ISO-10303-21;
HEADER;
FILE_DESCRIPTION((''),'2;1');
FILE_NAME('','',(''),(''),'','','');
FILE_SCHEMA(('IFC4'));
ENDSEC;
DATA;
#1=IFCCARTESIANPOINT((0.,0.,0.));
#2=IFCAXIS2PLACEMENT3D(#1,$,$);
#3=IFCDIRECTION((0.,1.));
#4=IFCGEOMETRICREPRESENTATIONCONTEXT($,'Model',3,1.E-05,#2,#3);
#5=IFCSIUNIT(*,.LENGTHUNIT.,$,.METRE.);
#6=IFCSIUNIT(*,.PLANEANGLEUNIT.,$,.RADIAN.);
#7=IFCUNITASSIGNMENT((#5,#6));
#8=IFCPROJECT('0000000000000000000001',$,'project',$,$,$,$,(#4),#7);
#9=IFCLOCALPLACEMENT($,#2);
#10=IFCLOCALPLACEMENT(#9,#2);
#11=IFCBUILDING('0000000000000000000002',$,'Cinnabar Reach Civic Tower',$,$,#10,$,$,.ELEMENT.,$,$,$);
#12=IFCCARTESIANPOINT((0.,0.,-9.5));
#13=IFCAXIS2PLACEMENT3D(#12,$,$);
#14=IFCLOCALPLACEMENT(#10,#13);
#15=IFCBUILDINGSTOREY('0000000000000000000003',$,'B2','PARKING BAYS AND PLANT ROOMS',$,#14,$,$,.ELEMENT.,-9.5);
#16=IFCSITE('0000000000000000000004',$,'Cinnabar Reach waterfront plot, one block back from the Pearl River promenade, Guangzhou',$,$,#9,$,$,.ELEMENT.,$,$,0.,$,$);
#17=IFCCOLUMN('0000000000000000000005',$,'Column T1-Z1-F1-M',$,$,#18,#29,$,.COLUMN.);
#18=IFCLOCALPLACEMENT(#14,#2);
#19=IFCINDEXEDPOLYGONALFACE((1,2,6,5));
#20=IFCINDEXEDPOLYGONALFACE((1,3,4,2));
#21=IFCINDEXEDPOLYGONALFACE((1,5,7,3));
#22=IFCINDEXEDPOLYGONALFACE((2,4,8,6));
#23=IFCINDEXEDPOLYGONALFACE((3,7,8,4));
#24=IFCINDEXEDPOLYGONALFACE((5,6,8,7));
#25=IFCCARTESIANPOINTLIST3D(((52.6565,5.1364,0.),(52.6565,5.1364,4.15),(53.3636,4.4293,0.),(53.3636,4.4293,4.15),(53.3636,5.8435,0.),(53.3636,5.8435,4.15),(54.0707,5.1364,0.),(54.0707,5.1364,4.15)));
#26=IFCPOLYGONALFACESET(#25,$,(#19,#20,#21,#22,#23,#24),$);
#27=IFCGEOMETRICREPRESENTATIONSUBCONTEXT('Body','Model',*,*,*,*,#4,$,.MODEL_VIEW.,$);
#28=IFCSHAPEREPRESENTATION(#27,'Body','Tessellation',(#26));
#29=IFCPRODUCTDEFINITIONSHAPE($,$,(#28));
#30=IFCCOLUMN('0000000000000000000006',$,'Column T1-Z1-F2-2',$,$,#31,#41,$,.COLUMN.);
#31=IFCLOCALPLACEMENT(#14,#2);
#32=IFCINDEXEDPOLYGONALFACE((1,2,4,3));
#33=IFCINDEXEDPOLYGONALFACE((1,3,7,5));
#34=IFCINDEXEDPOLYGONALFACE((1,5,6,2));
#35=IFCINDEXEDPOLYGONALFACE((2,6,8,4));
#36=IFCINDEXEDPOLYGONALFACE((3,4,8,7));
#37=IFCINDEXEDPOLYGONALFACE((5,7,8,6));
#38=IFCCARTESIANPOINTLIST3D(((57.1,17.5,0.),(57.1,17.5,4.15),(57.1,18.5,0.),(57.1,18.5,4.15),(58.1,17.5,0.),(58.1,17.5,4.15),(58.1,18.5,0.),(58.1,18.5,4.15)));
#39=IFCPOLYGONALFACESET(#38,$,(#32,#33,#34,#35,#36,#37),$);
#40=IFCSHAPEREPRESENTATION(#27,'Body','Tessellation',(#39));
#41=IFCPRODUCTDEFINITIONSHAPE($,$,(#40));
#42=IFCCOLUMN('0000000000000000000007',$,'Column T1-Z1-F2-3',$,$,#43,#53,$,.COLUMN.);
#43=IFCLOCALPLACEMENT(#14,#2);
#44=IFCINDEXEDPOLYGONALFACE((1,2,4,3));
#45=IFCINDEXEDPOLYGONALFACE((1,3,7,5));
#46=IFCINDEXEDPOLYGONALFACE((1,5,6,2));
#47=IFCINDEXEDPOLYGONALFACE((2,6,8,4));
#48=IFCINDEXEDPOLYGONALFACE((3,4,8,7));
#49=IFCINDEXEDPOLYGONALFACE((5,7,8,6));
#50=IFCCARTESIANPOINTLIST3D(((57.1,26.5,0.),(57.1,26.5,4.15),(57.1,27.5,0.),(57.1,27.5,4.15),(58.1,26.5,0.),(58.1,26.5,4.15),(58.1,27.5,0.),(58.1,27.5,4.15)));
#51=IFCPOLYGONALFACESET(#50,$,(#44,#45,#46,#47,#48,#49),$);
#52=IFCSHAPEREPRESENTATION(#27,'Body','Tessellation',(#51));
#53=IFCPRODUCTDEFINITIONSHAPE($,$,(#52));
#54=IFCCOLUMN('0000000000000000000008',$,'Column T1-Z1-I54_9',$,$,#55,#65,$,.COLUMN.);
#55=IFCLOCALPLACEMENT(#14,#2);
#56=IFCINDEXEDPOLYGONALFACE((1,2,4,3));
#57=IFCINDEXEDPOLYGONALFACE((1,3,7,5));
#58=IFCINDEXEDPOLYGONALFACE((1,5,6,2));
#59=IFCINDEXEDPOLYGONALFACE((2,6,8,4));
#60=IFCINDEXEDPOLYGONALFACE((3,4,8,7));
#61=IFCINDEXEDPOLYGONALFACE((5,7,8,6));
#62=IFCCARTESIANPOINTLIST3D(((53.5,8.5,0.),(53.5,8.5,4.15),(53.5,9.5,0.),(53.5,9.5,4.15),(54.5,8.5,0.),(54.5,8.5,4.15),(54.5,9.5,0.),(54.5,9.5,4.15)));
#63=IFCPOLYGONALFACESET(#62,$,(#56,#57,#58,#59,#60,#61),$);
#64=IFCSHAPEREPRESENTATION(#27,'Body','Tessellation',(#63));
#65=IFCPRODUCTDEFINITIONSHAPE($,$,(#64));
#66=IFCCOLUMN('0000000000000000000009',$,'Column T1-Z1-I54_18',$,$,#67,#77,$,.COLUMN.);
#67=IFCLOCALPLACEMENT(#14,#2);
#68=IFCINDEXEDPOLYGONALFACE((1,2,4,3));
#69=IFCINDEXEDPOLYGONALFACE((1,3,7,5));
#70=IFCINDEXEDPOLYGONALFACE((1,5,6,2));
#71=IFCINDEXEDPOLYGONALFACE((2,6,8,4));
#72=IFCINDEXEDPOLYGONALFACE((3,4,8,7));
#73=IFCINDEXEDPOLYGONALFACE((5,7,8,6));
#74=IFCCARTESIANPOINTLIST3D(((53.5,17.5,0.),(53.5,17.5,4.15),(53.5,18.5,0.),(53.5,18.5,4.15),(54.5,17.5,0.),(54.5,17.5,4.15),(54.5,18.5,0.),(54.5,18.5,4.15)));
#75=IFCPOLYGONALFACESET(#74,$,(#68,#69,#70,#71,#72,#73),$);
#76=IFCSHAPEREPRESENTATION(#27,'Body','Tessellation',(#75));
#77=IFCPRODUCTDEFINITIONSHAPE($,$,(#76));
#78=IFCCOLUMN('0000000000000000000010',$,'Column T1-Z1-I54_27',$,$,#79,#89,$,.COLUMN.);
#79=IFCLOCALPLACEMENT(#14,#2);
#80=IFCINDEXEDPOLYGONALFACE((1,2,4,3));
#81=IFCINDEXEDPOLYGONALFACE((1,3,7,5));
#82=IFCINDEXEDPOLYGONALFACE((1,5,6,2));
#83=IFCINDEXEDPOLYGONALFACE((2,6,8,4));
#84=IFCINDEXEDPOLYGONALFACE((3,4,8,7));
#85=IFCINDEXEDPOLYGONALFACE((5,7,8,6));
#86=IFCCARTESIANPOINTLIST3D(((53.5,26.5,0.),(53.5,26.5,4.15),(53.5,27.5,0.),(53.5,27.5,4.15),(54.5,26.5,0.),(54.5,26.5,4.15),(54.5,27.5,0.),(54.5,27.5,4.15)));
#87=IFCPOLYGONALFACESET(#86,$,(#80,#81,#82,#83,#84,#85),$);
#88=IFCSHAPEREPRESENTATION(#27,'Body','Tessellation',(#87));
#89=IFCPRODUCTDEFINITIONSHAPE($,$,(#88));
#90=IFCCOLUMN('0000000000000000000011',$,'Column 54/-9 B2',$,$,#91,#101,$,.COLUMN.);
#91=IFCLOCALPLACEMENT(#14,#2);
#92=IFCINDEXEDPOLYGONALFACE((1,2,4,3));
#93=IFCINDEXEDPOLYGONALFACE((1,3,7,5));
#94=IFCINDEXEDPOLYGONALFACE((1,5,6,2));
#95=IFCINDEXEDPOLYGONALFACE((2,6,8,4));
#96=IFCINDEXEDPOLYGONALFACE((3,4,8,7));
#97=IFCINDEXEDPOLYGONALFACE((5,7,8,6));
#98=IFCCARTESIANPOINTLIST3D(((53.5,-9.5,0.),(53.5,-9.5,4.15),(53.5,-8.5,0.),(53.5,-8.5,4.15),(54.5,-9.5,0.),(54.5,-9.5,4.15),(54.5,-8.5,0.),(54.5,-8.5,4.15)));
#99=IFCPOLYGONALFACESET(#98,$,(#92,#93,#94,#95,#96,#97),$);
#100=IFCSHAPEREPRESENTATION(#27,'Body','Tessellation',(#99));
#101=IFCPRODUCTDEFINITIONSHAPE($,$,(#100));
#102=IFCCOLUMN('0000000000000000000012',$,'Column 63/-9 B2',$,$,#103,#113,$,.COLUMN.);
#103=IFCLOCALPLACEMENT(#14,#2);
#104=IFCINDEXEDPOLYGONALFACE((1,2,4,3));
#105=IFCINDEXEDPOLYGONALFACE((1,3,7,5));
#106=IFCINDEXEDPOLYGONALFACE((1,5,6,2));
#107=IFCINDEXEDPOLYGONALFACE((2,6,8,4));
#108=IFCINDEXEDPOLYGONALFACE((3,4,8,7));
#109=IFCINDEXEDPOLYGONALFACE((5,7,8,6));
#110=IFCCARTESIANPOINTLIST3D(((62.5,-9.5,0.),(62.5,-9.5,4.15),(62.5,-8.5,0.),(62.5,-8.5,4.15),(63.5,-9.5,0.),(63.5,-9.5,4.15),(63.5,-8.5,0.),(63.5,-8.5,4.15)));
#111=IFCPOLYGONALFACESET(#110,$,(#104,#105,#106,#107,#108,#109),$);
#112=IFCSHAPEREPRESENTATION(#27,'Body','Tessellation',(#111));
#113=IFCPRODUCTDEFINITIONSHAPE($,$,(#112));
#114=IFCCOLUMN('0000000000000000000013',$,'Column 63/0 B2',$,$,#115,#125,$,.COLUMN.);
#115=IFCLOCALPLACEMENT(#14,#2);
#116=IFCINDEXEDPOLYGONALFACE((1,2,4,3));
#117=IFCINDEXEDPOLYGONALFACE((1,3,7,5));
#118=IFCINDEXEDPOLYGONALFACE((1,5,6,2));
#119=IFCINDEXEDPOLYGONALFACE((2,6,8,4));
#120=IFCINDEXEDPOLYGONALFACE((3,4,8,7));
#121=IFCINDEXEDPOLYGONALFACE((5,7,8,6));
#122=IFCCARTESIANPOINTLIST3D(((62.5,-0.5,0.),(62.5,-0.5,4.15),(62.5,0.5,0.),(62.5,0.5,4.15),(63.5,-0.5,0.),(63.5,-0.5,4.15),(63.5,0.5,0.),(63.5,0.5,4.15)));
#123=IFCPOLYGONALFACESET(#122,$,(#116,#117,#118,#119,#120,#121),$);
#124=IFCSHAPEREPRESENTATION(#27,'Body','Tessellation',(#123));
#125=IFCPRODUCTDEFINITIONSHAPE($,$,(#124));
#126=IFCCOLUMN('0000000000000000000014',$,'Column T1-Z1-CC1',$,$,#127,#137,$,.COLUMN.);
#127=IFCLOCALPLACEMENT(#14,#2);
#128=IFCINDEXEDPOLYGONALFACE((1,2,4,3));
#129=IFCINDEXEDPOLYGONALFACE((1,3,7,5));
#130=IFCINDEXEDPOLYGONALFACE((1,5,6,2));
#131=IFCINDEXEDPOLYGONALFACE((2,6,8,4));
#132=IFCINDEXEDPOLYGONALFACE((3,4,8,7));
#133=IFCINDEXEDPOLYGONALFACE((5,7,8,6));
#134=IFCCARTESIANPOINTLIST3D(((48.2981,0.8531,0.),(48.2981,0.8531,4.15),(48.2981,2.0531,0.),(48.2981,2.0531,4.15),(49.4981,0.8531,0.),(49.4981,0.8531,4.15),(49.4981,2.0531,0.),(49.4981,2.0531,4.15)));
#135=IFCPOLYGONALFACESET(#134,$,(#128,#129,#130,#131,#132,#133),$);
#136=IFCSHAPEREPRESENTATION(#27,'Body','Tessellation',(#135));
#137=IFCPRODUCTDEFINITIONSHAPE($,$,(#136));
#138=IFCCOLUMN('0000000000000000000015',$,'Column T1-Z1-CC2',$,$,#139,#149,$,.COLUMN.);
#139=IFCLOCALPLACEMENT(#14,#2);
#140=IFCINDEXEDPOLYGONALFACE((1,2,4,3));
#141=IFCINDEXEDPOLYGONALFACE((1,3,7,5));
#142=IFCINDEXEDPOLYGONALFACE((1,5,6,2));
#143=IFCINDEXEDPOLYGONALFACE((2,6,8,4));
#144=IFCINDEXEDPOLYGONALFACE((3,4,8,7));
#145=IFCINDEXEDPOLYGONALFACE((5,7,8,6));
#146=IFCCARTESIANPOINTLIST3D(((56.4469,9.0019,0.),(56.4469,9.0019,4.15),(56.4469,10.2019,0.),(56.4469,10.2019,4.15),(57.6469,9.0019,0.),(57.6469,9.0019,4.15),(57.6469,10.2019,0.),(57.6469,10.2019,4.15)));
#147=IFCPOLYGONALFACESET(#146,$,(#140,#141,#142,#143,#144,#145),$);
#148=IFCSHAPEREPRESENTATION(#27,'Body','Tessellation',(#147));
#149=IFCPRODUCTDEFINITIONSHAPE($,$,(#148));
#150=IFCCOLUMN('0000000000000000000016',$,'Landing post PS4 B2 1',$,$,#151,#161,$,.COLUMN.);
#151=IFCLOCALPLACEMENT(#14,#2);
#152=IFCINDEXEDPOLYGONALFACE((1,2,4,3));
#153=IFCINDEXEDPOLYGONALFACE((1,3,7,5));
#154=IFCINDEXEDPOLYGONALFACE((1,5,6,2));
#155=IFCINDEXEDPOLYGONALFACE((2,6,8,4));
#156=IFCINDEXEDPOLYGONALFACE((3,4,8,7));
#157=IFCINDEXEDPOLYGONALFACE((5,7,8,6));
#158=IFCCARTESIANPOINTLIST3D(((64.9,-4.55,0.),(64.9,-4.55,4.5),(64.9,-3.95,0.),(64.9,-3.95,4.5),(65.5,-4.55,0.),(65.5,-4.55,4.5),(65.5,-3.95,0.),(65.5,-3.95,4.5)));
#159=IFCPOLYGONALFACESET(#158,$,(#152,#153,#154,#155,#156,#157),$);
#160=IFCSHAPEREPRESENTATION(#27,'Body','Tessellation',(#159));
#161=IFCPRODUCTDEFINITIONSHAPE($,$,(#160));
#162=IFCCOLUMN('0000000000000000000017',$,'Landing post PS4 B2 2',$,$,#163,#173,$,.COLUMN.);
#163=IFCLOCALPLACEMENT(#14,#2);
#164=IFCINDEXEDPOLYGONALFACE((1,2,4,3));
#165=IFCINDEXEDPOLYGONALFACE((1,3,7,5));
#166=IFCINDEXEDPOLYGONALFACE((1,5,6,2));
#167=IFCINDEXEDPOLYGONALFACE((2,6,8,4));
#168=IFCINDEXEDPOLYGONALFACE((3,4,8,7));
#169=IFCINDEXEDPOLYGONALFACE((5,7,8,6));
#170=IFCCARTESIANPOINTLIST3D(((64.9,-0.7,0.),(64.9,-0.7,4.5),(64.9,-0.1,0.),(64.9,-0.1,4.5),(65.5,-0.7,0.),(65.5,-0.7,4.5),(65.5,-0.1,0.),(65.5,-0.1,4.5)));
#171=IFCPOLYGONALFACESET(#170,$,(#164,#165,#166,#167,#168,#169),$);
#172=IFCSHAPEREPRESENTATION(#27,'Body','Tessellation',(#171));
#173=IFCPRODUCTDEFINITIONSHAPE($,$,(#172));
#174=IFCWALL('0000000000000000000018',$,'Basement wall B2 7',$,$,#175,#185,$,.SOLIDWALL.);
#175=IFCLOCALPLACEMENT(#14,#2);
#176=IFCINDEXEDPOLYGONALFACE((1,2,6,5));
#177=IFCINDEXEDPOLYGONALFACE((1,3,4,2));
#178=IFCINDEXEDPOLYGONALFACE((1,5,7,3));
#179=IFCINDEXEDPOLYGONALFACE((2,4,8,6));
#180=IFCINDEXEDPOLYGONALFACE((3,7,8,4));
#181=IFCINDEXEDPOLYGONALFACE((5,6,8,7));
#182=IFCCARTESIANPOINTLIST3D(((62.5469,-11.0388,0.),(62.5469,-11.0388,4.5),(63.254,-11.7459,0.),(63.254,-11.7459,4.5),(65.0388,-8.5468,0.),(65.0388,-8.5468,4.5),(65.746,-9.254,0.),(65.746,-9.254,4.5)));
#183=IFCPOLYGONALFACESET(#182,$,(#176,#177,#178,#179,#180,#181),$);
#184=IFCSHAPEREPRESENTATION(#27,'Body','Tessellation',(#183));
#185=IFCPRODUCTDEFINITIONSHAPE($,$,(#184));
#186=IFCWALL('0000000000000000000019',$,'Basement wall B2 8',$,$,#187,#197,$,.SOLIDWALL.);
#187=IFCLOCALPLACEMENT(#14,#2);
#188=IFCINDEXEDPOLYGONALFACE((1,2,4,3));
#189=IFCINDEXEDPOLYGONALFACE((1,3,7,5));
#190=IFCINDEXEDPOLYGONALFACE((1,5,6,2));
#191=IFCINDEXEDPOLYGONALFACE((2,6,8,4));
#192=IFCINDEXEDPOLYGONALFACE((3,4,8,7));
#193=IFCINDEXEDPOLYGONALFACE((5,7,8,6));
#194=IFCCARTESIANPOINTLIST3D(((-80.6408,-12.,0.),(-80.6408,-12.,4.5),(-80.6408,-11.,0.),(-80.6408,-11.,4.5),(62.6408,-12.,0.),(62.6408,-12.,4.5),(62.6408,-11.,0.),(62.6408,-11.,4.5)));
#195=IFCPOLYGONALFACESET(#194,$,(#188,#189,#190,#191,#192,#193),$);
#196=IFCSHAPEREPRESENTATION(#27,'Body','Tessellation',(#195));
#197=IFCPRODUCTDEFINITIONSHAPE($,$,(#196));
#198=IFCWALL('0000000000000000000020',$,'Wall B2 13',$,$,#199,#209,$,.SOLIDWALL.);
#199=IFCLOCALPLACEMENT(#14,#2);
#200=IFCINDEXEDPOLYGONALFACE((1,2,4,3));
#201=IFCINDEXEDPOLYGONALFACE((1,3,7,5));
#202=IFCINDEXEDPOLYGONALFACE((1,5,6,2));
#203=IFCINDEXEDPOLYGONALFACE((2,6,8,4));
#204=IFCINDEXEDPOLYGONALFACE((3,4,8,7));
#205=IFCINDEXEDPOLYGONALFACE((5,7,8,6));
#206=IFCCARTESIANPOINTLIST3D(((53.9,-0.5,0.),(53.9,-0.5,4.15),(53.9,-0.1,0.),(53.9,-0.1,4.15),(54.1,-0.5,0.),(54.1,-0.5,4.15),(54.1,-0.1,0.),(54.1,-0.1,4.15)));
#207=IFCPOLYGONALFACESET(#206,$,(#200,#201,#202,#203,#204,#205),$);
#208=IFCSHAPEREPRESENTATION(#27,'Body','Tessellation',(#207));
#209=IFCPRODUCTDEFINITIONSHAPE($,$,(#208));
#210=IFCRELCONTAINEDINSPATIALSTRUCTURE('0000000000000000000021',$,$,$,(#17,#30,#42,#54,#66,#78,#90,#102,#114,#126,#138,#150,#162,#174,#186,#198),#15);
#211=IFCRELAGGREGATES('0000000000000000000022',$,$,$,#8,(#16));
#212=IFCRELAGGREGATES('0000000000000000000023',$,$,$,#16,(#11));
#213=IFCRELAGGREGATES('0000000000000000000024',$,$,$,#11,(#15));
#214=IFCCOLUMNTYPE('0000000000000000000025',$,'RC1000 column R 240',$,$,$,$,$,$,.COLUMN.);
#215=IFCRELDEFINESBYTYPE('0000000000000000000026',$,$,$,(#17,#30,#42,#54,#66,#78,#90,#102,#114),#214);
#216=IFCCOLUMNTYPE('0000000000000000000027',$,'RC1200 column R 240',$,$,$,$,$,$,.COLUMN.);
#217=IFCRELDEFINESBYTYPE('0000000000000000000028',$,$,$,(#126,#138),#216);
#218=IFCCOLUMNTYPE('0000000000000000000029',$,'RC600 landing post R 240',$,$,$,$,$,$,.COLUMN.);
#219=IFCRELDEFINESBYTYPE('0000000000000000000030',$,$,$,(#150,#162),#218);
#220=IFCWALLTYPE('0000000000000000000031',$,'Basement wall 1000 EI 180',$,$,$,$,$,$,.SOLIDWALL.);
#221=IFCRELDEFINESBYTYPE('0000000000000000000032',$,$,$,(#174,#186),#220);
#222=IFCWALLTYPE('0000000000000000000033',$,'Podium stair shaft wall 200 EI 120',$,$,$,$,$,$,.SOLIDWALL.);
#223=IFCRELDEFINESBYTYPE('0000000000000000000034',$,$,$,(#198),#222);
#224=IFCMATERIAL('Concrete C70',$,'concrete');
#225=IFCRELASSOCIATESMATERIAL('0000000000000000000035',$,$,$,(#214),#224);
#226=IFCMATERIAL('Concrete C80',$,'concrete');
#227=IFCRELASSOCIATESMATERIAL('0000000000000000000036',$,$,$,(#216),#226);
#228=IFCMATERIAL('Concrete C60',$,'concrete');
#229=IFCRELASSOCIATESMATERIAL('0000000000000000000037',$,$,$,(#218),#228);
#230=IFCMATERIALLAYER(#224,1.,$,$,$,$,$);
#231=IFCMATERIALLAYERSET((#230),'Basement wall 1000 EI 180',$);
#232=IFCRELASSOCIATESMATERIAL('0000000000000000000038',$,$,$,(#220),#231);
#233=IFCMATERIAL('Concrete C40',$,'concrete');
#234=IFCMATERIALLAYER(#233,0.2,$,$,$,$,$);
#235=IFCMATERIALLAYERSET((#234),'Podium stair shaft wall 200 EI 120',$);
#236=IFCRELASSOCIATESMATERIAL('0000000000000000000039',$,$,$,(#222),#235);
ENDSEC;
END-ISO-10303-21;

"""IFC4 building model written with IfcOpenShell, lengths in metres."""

from ifc_helpers import new_model, si_unit, direction, frame, frame_2d, origin, origin_2d, place, context, subcontext, project, spatial, rectangle, extrude, material, layer, layer_set, material_profile, profile_set, type_object, element, save


model = new_model("IFC4")

# Units and contexts
model_context = context("Model", 3, precision=1e-05, world=origin(), true_north=direction((0.0, 1.0)))
body_context = subcontext(model_context, "Body", "Model", "MODEL_VIEW")
ifc_project = project(units=[si_unit("LENGTHUNIT", "METRE"), si_unit("PLANEANGLEUNIT", "RADIAN")], contexts=[model_context])

# Site, building, storey
site_placement = place(None, origin())
site = spatial("IfcSite", under=ifc_project, at=site_placement, Name="Cinnabar Reach waterfront plot, one block back from the Pearl River promenade, Guangzhou", CompositionType="ELEMENT", RefElevation=0.0)
building_placement = place(site_placement, origin())
building = spatial("IfcBuilding", under=site, at=building_placement, Name="Cinnabar Reach Civic Tower", CompositionType="ELEMENT")
storey_placement = place(building_placement, frame((0.0, 0.0, -9.5)))
storey = spatial("IfcBuildingStorey", under=building, at=storey_placement, Name="B2", Description="PARKING BAYS AND PLANT ROOMS", CompositionType="ELEMENT", Elevation=-9.5)

# Columns
ifc_material_1 = material(Name="Concrete C70", Category="concrete")
ifc_material_profile_1 = material_profile(ifc_material_1, rectangle(XDim=1.0, YDim=1.0, at=origin_2d()), Name="RC1000")
ifc_profile_set_1 = profile_set([ifc_material_profile_1], Name="Concrete C70")
column_type_1 = type_object("IfcColumnType", Name="RC1000 column R 240", PredefinedType="COLUMN", material=ifc_profile_set_1)
for number, where, z_axis, x_axis, name in (
    (1, (53.3636, 5.1364, 0.0), (0.0, 0.0, 1.0), (0.707107, 0.707107, 0.0), "Column T1-Z1-F1-M"),
    (2, (57.6, 18.0, 0.0), (0.0, 0.0, 1.0), (1.0, 0.0, 0.0), "Column T1-Z1-F2-2"),
    (3, (57.6, 27.0, 0.0), (0.0, 0.0, 1.0), (1.0, 0.0, 0.0), "Column T1-Z1-F2-3"),
    (4, (54.0, 9.0, 0.0), (0.0, 0.0, 1.0), (1.0, 0.0, 0.0), "Column T1-Z1-I54_9"),
    (5, (54.0, 18.0, 0.0), (0.0, 0.0, 1.0), (1.0, 0.0, 0.0), "Column T1-Z1-I54_18"),
    (6, (54.0, 27.0, 0.0), (0.0, 0.0, 1.0), (1.0, 0.0, 0.0), "Column T1-Z1-I54_27"),
    (7, (54.0, -9.0, 0.0), (0.0, 0.0, 1.0), (1.0, 0.0, 0.0), "Column 54/-9 B2"),
    (8, (63.0, -9.0, 0.0), (0.0, 0.0, 1.0), (1.0, 0.0, 0.0), "Column 63/-9 B2"),
    (9, (63.0, 0.0, 0.0), (0.0, 0.0, 1.0), (1.0, 0.0, 0.0), "Column 63/0 B2"),
):
    element("IfcColumn", number, at=place(storey_placement, frame(where, z_axis=z_axis, x_axis=x_axis)), inside=storey, type_object=column_type_1, Name=name, PredefinedType="COLUMN", context=body_context, shape_type="SweptSolid", body=[
        extrude(rectangle(XDim=1.0, YDim=1.0, at=origin_2d()), origin(), (0.0, 0.0, 1.0), 4.15),
    ])
ifc_material_2 = material(Name="Concrete C80", Category="concrete")
ifc_material_profile_2 = material_profile(ifc_material_2, rectangle(XDim=1.2, YDim=1.2, at=origin_2d()), Name="RC1200")
ifc_profile_set_2 = profile_set([ifc_material_profile_2], Name="Concrete C80")
column_type_2 = type_object("IfcColumnType", Name="RC1200 column R 240", PredefinedType="COLUMN", material=ifc_profile_set_2)
for number, where, z_axis, x_axis, name in (
    (10, (48.8981, 1.4531, 0.0), (0.0, 0.0, 1.0), (1.0, 0.0, 0.0), "Column T1-Z1-CC1"),
    (11, (57.0469, 9.6019, 0.0), (0.0, 0.0, 1.0), (1.0, 0.0, 0.0), "Column T1-Z1-CC2"),
):
    element("IfcColumn", number, at=place(storey_placement, frame(where, z_axis=z_axis, x_axis=x_axis)), inside=storey, type_object=column_type_2, Name=name, PredefinedType="COLUMN", context=body_context, shape_type="SweptSolid", body=[
        extrude(rectangle(XDim=1.2, YDim=1.2, at=origin_2d()), origin(), (0.0, 0.0, 1.0), 4.15),
    ])
ifc_material_3 = material(Name="Concrete C60", Category="concrete")
ifc_material_profile_3 = material_profile(ifc_material_3, rectangle(XDim=0.6, YDim=0.6, at=origin_2d()), Name="RC600")
ifc_profile_set_3 = profile_set([ifc_material_profile_3], Name="Concrete C60")
column_type_3 = type_object("IfcColumnType", Name="RC600 landing post R 240", PredefinedType="COLUMN", material=ifc_profile_set_3)
for number, where, z_axis, x_axis, name in (
    (12, (65.2, -4.25, 0.0), (0.0, 0.0, 1.0), (1.0, 0.0, 0.0), "Landing post PS4 B2 1"),
    (13, (65.2, -0.4, 0.0), (0.0, 0.0, 1.0), (1.0, 0.0, 0.0), "Landing post PS4 B2 2"),
):
    element("IfcColumn", number, at=place(storey_placement, frame(where, z_axis=z_axis, x_axis=x_axis)), inside=storey, type_object=column_type_3, Name=name, PredefinedType="COLUMN", context=body_context, shape_type="SweptSolid", body=[
        extrude(rectangle(XDim=0.6, YDim=0.6, at=origin_2d()), origin(), (0.0, 0.0, 1.0), 4.5),
    ])

# Walls
ifc_layer_1 = layer(ifc_material_1, 1.0)
ifc_layer_set_1 = layer_set([ifc_layer_1], Name="Basement wall 1000 EI 180")
wall_type_1 = type_object("IfcWallType", Name="Basement wall 1000 EI 180", PredefinedType="SOLIDWALL", material=ifc_layer_set_1)
wall_1_placement = place(storey_placement, frame((65.3924, -8.9004, 0.0), z_axis=(0.0, 0.0, 1.0), x_axis=(-0.707107, -0.707107, 0.0)))
element("IfcWall", 14, at=wall_1_placement, inside=storey, type_object=wall_type_1, Name="Basement wall B2 7", PredefinedType="SOLIDWALL", context=body_context, shape_type="SweptSolid", body=[
    extrude(rectangle(XDim=3.5242, YDim=1.0, at=frame_2d((1.7621, 0.0))), origin(), (0.0, 0.0, 1.0), 4.5),
])
wall_2_placement = place(storey_placement, frame((62.6408, -11.5, 0.0), z_axis=(0.0, 0.0, 1.0), x_axis=(-1.0, 0.0, 0.0)))
element("IfcWall", 15, at=wall_2_placement, inside=storey, type_object=wall_type_1, Name="Basement wall B2 8", PredefinedType="SOLIDWALL", context=body_context, shape_type="SweptSolid", body=[
    extrude(rectangle(XDim=143.2816, YDim=1.0, at=frame_2d((71.6408, 0.0))), origin(), (0.0, 0.0, 1.0), 4.5),
])
ifc_material_4 = material(Name="Concrete C40", Category="concrete")
ifc_layer_2 = layer(ifc_material_4, 0.2)
ifc_layer_set_2 = layer_set([ifc_layer_2], Name="Podium stair shaft wall 200 EI 120")
wall_type_2 = type_object("IfcWallType", Name="Podium stair shaft wall 200 EI 120", PredefinedType="SOLIDWALL", material=ifc_layer_set_2)
wall_3_placement = place(storey_placement, frame((54.0, -0.5, 0.0), z_axis=(0.0, 0.0, 1.0), x_axis=(0.0, 1.0, 0.0)))
element("IfcWall", 16, at=wall_3_placement, inside=storey, type_object=wall_type_2, Name="Wall B2 13", PredefinedType="SOLIDWALL", context=body_context, shape_type="SweptSolid", body=[
    extrude(rectangle(XDim=0.4, YDim=0.2, at=frame_2d((0.2, 0.0))), origin(), (0.0, 0.0, 1.0), 4.15),
])

save(model, "model.ifc")
